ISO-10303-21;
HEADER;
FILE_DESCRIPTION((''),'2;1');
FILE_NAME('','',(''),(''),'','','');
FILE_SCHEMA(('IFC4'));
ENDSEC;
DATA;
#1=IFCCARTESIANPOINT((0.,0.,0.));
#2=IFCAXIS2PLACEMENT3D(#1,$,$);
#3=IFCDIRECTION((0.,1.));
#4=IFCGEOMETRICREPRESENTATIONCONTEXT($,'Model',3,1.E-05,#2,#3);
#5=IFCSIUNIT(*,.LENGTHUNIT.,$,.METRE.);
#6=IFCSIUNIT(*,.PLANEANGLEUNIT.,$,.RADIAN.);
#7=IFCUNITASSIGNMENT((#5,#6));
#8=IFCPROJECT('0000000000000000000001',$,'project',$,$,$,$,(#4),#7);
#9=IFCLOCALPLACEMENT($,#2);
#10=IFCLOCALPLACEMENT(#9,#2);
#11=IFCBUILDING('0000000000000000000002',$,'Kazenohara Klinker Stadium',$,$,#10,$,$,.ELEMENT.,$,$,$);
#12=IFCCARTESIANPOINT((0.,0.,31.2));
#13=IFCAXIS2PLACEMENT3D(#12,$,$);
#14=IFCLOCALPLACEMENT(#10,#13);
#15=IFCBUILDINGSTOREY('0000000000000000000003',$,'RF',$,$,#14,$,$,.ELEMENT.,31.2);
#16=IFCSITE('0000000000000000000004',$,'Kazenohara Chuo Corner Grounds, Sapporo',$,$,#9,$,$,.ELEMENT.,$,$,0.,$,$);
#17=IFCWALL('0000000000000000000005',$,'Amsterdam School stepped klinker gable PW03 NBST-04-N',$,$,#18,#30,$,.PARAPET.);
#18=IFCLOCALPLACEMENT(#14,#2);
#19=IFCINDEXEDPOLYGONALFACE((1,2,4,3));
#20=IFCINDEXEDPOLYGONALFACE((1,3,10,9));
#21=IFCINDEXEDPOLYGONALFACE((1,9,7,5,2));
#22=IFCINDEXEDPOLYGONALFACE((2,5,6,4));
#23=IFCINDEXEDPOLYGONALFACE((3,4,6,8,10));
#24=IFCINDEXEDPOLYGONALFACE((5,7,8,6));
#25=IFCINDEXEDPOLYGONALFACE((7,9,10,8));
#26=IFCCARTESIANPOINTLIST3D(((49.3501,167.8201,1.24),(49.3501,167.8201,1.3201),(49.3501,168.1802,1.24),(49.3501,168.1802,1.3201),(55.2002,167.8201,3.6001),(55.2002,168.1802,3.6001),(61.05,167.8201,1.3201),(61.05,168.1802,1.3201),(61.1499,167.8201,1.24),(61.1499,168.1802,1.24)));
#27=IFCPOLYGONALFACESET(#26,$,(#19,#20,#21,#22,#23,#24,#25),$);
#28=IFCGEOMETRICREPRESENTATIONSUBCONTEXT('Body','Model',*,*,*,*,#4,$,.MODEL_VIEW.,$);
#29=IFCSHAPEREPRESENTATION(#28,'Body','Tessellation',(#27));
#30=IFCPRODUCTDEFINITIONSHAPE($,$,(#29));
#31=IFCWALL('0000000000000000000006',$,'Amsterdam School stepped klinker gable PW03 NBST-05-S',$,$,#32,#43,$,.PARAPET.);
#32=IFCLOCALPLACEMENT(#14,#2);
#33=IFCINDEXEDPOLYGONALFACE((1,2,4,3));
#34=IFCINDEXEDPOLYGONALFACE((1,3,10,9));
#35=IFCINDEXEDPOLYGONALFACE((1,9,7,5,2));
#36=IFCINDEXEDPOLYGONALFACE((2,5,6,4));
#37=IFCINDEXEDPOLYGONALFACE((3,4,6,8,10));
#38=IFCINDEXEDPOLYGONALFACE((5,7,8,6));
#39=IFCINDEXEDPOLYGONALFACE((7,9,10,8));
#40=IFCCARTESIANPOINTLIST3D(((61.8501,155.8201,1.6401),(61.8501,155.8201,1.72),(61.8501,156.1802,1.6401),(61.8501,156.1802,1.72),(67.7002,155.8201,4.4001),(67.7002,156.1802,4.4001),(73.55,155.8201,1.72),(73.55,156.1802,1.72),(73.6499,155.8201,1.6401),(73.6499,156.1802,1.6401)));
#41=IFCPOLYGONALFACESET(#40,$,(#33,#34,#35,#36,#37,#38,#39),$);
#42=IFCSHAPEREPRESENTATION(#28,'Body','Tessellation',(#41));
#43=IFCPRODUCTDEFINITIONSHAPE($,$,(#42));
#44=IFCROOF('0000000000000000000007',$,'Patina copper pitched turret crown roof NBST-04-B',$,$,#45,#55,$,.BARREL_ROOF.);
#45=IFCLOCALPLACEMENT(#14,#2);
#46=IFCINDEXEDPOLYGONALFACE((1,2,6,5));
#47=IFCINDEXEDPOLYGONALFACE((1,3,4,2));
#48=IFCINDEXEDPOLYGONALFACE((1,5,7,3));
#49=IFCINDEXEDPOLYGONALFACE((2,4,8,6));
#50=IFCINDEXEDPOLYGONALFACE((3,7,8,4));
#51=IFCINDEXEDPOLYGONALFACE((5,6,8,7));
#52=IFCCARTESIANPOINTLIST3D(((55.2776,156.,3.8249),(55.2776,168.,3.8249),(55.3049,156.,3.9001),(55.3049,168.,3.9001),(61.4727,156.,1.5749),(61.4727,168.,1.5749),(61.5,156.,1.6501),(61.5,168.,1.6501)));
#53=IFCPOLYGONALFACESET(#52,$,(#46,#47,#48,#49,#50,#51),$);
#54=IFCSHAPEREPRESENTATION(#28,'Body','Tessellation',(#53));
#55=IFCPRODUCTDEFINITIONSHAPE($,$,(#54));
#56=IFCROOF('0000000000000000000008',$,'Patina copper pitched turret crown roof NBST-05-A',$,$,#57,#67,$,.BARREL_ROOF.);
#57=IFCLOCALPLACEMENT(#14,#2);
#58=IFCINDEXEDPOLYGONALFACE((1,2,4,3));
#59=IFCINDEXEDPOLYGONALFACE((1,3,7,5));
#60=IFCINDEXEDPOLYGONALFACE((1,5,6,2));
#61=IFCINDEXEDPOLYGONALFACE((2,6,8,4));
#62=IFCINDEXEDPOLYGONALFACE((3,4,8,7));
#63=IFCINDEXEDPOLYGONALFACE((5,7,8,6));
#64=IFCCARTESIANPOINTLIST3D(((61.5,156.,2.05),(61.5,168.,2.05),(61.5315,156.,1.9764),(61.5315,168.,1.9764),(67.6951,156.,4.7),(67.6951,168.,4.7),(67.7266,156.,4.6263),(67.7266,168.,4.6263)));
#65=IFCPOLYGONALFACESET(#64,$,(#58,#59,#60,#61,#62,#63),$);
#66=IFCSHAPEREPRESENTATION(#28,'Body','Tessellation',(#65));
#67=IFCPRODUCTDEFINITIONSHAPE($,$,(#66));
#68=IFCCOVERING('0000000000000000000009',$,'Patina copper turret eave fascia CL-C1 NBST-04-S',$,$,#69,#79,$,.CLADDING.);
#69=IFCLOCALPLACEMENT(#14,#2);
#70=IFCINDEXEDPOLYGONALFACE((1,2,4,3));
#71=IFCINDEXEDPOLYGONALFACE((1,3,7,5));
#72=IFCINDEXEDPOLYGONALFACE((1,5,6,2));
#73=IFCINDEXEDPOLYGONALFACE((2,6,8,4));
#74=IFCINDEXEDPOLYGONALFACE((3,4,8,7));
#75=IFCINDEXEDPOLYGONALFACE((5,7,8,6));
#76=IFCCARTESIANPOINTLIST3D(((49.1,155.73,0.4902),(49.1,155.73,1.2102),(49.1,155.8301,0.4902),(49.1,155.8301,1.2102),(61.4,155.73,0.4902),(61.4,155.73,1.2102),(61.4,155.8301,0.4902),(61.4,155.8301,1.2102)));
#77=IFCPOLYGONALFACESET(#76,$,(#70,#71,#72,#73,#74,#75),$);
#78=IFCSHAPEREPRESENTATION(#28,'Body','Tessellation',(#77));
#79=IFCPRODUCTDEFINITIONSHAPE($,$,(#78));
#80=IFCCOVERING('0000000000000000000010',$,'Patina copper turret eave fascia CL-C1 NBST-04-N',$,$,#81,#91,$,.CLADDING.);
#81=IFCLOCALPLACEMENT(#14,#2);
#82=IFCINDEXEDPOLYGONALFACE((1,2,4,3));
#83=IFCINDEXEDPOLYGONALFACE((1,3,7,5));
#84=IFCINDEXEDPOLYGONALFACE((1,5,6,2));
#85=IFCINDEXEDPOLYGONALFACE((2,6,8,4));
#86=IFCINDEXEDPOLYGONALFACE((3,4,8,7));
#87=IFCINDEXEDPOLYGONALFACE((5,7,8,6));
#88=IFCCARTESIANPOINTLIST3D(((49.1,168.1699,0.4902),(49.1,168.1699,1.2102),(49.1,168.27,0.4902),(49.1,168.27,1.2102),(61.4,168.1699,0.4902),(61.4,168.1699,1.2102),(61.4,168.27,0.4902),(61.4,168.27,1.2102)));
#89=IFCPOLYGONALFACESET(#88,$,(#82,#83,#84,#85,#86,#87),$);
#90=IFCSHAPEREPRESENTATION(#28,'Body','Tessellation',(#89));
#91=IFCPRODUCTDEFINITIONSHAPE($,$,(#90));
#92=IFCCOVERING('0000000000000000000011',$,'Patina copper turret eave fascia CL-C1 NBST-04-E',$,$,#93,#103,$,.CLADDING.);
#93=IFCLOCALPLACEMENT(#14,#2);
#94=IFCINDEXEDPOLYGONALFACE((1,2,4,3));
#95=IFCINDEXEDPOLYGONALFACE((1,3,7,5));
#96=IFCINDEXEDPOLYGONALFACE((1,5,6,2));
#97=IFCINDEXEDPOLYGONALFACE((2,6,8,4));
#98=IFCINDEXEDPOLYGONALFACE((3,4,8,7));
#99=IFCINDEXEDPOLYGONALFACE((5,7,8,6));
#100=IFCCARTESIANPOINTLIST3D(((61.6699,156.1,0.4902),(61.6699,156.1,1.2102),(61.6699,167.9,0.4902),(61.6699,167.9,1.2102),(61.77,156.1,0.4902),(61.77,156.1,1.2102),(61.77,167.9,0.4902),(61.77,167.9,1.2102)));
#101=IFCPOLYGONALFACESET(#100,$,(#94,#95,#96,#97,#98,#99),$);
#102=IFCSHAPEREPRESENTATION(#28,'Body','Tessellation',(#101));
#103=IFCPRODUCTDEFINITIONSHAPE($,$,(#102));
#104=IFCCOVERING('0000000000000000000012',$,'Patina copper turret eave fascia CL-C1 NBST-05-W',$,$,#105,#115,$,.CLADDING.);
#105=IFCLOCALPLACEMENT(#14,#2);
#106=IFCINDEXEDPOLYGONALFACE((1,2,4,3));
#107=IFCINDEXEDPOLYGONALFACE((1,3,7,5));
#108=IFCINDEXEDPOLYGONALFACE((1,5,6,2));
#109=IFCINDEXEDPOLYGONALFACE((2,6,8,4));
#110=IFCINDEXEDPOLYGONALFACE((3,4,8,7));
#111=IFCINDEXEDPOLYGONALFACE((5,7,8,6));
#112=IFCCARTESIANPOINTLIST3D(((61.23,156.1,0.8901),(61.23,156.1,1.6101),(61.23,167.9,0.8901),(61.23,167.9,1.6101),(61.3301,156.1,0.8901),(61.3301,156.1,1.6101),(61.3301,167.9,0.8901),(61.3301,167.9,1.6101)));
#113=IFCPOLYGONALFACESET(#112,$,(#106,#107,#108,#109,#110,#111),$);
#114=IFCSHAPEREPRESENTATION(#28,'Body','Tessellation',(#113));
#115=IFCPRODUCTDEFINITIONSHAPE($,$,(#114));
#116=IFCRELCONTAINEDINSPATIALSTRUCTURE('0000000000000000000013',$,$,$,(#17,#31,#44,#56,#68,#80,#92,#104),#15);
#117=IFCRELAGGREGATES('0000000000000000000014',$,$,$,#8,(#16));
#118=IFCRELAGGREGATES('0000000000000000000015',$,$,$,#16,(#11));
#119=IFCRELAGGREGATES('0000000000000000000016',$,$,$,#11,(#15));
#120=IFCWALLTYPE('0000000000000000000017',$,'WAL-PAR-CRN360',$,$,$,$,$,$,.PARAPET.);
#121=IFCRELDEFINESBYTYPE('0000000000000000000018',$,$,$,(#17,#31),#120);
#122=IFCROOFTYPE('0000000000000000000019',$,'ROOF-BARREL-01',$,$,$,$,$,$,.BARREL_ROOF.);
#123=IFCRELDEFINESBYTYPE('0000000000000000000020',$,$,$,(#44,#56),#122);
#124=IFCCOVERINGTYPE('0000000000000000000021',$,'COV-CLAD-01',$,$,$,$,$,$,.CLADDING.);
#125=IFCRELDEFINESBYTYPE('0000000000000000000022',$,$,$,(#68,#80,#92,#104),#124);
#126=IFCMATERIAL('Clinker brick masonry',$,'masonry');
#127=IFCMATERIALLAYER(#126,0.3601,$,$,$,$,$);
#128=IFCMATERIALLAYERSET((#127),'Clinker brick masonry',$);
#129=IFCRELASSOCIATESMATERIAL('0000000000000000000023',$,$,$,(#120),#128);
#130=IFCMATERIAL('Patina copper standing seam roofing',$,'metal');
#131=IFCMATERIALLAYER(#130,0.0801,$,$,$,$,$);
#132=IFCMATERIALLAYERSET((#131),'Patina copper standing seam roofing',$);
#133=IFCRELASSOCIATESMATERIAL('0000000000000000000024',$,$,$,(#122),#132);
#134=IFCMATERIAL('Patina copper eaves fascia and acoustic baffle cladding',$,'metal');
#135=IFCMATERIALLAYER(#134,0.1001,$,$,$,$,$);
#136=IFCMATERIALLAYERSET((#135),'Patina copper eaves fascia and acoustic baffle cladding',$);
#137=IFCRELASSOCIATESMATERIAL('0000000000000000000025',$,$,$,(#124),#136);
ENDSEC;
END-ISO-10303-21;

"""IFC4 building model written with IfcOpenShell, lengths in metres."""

from ifc_helpers import new_model, si_unit, direction, frame, origin, origin_2d, place, context, subcontext, project, spatial, polyline, rectangle, outline, extrude, material, layer, layer_set, type_object, element, save


model = new_model("IFC4")

# Units and contexts
model_context = context("Model", 3, precision=1e-05, world=origin(), true_north=direction((0.0, 1.0)))
body_context = subcontext(model_context, "Body", "Model", "MODEL_VIEW")
ifc_project = project(units=[si_unit("LENGTHUNIT", "METRE"), si_unit("PLANEANGLEUNIT", "RADIAN")], contexts=[model_context])

# Site, building, storey
site_placement = place(None, origin())
site = spatial("IfcSite", under=ifc_project, at=site_placement, Name="Kazenohara Chuo Corner Grounds, Sapporo", CompositionType="ELEMENT", RefElevation=0.0)
building_placement = place(site_placement, origin())
building = spatial("IfcBuilding", under=site, at=building_placement, Name="Kazenohara Klinker Stadium", CompositionType="ELEMENT")
storey_placement = place(building_placement, frame((0.0, 0.0, 31.2)))
storey = spatial("IfcBuildingStorey", under=building, at=storey_placement, Name="RF", CompositionType="ELEMENT", Elevation=31.2)

# Walls
ifc_material_1 = material(Name="Clinker brick masonry", Category="masonry")
ifc_layer_1 = layer(ifc_material_1, 0.3601)
ifc_layer_set_1 = layer_set([ifc_layer_1], Name="Clinker brick masonry")
wall_type = type_object("IfcWallType", Name="WAL-PAR-CRN360", PredefinedType="PARAPET", material=ifc_layer_set_1)
for number, where, z_axis, x_axis, name in (
    (1, (49.3501, 168.0, 1.24), (0.0, 0.0, 1.0), (1.0, 0.0, 0.0), "Amsterdam School stepped klinker gable PW03 NBST-04-N"),
):
    element("IfcWall", number, at=place(storey_placement, frame(where, z_axis=z_axis, x_axis=x_axis)), inside=storey, type_object=wall_type, Name=name, PredefinedType="PARAPET", context=body_context, shape_type="SweptSolid", body=[
        extrude(outline(polyline([(0.0, 0.0), (11.7998, 0.0), (11.7, 0.0801), (5.8501, 2.3601), (0.0, 0.0801), (0.0, 0.0)])), frame((0.0, 0.1802, 0.0), z_axis=(0.0, -1.0, 0.0), x_axis=(1.0, 0.0, 0.0)), (0.0, 0.0, 1.0), 0.3601),
    ])
wall_placement = place(storey_placement, frame((61.8501, 156.0, 1.6401), z_axis=(0.0, 0.0, 1.0), x_axis=(1.0, 0.0, 0.0)))
element("IfcWall", 2, at=wall_placement, inside=storey, type_object=wall_type, Name="Amsterdam School stepped klinker gable PW03 NBST-05-S", PredefinedType="PARAPET", context=body_context, shape_type="SweptSolid", body=[
    extrude(outline(polyline([(0.0, 0.0), (11.7998, 0.0), (11.7, 0.0798), (5.8501, 2.76), (0.0, 0.0798), (0.0, 0.0)])), frame((0.0, 0.1802, 0.0), z_axis=(0.0, -1.0, 0.0), x_axis=(1.0, 0.0, 0.0)), (0.0, 0.0, 1.0), 0.3601),
])

# Roofs
ifc_material_2 = material(Name="Patina copper standing seam roofing", Category="metal")
ifc_layer_2 = layer(ifc_material_2, 0.0801)
ifc_layer_set_2 = layer_set([ifc_layer_2], Name="Patina copper standing seam roofing")
roof_type = type_object("IfcRoofType", Name="ROOF-BARREL-01", PredefinedType="BARREL_ROOF", material=ifc_layer_set_2)
roof_1_placement = place(storey_placement, frame((55.3049, 156.0, 3.9001), z_axis=(0.341374, 0.0, 0.939927), x_axis=(0.939927, 0.0, -0.341374)))
element("IfcRoof", 3, at=roof_1_placement, inside=storey, type_object=roof_type, Name="Patina copper pitched turret crown roof NBST-04-B", PredefinedType="BARREL_ROOF", context=body_context, shape_type="SweptSolid", body=[
    extrude(outline(polyline([(0.0, 0.0), (6.591, 0.0), (6.591, 12.0), (0.0, 12.0), (0.0, 0.0)])), origin(), (0.0, 0.0, -1.0), 0.0801),
])
roof_2_placement = place(storey_placement, frame((61.5, 156.0, 2.05), z_axis=(-0.393276, 0.0, 0.91942), x_axis=(0.91942, 0.0, 0.393276)))
element("IfcRoof", 4, at=roof_2_placement, inside=storey, type_object=roof_type, Name="Patina copper pitched turret crown roof NBST-05-A", PredefinedType="BARREL_ROOF", context=body_context, shape_type="SweptSolid", body=[
    extrude(outline(polyline([(0.0, 0.0), (6.738, 0.0), (6.738, 12.0), (0.0, 12.0), (0.0, 0.0)])), origin(), (0.0, 0.0, -1.0), 0.0801),
])

# Coverings
ifc_material_3 = material(Name="Patina copper eaves fascia and acoustic baffle cladding", Category="metal")
ifc_layer_3 = layer(ifc_material_3, 0.1001)
ifc_layer_set_3 = layer_set([ifc_layer_3], Name="Patina copper eaves fascia and acoustic baffle cladding")
covering_type = type_object("IfcCoveringType", Name="COV-CLAD-01", PredefinedType="CLADDING", material=ifc_layer_set_3)
for number, where, z_axis, x_axis, name in (
    (5, (55.25, 155.78, 0.4902), (0.0, 0.0, 1.0), (1.0, 0.0, 0.0), "Patina copper turret eave fascia CL-C1 NBST-04-S"),
    (6, (55.25, 168.22, 0.4902), (0.0, 0.0, 1.0), (1.0, 0.0, 0.0), "Patina copper turret eave fascia CL-C1 NBST-04-N"),
):
    element("IfcCovering", number, at=place(storey_placement, frame(where, z_axis=z_axis, x_axis=x_axis)), inside=storey, type_object=covering_type, Name=name, PredefinedType="CLADDING", context=body_context, shape_type="SweptSolid", body=[
        extrude(rectangle(XDim=12.3, YDim=0.1001, at=origin_2d()), origin(), (0.0, 0.0, 1.0), 0.72),
    ])
for number, where, z_axis, x_axis, name in (
    (7, (61.72, 162.0, 0.4902), (0.0, 0.0, 1.0), (1.0, 0.0, 0.0), "Patina copper turret eave fascia CL-C1 NBST-04-E"),
    (8, (61.28, 162.0, 0.8901), (0.0, 0.0, 1.0), (1.0, 0.0, 0.0), "Patina copper turret eave fascia CL-C1 NBST-05-W"),
):
    element("IfcCovering", number, at=place(storey_placement, frame(where, z_axis=z_axis, x_axis=x_axis)), inside=storey, type_object=covering_type, Name=name, PredefinedType="CLADDING", context=body_context, shape_type="SweptSolid", body=[
        extrude(rectangle(XDim=0.1001, YDim=11.8, at=origin_2d()), origin(), (0.0, 0.0, 1.0), 0.72),
    ])

save(model, "model.ifc")
